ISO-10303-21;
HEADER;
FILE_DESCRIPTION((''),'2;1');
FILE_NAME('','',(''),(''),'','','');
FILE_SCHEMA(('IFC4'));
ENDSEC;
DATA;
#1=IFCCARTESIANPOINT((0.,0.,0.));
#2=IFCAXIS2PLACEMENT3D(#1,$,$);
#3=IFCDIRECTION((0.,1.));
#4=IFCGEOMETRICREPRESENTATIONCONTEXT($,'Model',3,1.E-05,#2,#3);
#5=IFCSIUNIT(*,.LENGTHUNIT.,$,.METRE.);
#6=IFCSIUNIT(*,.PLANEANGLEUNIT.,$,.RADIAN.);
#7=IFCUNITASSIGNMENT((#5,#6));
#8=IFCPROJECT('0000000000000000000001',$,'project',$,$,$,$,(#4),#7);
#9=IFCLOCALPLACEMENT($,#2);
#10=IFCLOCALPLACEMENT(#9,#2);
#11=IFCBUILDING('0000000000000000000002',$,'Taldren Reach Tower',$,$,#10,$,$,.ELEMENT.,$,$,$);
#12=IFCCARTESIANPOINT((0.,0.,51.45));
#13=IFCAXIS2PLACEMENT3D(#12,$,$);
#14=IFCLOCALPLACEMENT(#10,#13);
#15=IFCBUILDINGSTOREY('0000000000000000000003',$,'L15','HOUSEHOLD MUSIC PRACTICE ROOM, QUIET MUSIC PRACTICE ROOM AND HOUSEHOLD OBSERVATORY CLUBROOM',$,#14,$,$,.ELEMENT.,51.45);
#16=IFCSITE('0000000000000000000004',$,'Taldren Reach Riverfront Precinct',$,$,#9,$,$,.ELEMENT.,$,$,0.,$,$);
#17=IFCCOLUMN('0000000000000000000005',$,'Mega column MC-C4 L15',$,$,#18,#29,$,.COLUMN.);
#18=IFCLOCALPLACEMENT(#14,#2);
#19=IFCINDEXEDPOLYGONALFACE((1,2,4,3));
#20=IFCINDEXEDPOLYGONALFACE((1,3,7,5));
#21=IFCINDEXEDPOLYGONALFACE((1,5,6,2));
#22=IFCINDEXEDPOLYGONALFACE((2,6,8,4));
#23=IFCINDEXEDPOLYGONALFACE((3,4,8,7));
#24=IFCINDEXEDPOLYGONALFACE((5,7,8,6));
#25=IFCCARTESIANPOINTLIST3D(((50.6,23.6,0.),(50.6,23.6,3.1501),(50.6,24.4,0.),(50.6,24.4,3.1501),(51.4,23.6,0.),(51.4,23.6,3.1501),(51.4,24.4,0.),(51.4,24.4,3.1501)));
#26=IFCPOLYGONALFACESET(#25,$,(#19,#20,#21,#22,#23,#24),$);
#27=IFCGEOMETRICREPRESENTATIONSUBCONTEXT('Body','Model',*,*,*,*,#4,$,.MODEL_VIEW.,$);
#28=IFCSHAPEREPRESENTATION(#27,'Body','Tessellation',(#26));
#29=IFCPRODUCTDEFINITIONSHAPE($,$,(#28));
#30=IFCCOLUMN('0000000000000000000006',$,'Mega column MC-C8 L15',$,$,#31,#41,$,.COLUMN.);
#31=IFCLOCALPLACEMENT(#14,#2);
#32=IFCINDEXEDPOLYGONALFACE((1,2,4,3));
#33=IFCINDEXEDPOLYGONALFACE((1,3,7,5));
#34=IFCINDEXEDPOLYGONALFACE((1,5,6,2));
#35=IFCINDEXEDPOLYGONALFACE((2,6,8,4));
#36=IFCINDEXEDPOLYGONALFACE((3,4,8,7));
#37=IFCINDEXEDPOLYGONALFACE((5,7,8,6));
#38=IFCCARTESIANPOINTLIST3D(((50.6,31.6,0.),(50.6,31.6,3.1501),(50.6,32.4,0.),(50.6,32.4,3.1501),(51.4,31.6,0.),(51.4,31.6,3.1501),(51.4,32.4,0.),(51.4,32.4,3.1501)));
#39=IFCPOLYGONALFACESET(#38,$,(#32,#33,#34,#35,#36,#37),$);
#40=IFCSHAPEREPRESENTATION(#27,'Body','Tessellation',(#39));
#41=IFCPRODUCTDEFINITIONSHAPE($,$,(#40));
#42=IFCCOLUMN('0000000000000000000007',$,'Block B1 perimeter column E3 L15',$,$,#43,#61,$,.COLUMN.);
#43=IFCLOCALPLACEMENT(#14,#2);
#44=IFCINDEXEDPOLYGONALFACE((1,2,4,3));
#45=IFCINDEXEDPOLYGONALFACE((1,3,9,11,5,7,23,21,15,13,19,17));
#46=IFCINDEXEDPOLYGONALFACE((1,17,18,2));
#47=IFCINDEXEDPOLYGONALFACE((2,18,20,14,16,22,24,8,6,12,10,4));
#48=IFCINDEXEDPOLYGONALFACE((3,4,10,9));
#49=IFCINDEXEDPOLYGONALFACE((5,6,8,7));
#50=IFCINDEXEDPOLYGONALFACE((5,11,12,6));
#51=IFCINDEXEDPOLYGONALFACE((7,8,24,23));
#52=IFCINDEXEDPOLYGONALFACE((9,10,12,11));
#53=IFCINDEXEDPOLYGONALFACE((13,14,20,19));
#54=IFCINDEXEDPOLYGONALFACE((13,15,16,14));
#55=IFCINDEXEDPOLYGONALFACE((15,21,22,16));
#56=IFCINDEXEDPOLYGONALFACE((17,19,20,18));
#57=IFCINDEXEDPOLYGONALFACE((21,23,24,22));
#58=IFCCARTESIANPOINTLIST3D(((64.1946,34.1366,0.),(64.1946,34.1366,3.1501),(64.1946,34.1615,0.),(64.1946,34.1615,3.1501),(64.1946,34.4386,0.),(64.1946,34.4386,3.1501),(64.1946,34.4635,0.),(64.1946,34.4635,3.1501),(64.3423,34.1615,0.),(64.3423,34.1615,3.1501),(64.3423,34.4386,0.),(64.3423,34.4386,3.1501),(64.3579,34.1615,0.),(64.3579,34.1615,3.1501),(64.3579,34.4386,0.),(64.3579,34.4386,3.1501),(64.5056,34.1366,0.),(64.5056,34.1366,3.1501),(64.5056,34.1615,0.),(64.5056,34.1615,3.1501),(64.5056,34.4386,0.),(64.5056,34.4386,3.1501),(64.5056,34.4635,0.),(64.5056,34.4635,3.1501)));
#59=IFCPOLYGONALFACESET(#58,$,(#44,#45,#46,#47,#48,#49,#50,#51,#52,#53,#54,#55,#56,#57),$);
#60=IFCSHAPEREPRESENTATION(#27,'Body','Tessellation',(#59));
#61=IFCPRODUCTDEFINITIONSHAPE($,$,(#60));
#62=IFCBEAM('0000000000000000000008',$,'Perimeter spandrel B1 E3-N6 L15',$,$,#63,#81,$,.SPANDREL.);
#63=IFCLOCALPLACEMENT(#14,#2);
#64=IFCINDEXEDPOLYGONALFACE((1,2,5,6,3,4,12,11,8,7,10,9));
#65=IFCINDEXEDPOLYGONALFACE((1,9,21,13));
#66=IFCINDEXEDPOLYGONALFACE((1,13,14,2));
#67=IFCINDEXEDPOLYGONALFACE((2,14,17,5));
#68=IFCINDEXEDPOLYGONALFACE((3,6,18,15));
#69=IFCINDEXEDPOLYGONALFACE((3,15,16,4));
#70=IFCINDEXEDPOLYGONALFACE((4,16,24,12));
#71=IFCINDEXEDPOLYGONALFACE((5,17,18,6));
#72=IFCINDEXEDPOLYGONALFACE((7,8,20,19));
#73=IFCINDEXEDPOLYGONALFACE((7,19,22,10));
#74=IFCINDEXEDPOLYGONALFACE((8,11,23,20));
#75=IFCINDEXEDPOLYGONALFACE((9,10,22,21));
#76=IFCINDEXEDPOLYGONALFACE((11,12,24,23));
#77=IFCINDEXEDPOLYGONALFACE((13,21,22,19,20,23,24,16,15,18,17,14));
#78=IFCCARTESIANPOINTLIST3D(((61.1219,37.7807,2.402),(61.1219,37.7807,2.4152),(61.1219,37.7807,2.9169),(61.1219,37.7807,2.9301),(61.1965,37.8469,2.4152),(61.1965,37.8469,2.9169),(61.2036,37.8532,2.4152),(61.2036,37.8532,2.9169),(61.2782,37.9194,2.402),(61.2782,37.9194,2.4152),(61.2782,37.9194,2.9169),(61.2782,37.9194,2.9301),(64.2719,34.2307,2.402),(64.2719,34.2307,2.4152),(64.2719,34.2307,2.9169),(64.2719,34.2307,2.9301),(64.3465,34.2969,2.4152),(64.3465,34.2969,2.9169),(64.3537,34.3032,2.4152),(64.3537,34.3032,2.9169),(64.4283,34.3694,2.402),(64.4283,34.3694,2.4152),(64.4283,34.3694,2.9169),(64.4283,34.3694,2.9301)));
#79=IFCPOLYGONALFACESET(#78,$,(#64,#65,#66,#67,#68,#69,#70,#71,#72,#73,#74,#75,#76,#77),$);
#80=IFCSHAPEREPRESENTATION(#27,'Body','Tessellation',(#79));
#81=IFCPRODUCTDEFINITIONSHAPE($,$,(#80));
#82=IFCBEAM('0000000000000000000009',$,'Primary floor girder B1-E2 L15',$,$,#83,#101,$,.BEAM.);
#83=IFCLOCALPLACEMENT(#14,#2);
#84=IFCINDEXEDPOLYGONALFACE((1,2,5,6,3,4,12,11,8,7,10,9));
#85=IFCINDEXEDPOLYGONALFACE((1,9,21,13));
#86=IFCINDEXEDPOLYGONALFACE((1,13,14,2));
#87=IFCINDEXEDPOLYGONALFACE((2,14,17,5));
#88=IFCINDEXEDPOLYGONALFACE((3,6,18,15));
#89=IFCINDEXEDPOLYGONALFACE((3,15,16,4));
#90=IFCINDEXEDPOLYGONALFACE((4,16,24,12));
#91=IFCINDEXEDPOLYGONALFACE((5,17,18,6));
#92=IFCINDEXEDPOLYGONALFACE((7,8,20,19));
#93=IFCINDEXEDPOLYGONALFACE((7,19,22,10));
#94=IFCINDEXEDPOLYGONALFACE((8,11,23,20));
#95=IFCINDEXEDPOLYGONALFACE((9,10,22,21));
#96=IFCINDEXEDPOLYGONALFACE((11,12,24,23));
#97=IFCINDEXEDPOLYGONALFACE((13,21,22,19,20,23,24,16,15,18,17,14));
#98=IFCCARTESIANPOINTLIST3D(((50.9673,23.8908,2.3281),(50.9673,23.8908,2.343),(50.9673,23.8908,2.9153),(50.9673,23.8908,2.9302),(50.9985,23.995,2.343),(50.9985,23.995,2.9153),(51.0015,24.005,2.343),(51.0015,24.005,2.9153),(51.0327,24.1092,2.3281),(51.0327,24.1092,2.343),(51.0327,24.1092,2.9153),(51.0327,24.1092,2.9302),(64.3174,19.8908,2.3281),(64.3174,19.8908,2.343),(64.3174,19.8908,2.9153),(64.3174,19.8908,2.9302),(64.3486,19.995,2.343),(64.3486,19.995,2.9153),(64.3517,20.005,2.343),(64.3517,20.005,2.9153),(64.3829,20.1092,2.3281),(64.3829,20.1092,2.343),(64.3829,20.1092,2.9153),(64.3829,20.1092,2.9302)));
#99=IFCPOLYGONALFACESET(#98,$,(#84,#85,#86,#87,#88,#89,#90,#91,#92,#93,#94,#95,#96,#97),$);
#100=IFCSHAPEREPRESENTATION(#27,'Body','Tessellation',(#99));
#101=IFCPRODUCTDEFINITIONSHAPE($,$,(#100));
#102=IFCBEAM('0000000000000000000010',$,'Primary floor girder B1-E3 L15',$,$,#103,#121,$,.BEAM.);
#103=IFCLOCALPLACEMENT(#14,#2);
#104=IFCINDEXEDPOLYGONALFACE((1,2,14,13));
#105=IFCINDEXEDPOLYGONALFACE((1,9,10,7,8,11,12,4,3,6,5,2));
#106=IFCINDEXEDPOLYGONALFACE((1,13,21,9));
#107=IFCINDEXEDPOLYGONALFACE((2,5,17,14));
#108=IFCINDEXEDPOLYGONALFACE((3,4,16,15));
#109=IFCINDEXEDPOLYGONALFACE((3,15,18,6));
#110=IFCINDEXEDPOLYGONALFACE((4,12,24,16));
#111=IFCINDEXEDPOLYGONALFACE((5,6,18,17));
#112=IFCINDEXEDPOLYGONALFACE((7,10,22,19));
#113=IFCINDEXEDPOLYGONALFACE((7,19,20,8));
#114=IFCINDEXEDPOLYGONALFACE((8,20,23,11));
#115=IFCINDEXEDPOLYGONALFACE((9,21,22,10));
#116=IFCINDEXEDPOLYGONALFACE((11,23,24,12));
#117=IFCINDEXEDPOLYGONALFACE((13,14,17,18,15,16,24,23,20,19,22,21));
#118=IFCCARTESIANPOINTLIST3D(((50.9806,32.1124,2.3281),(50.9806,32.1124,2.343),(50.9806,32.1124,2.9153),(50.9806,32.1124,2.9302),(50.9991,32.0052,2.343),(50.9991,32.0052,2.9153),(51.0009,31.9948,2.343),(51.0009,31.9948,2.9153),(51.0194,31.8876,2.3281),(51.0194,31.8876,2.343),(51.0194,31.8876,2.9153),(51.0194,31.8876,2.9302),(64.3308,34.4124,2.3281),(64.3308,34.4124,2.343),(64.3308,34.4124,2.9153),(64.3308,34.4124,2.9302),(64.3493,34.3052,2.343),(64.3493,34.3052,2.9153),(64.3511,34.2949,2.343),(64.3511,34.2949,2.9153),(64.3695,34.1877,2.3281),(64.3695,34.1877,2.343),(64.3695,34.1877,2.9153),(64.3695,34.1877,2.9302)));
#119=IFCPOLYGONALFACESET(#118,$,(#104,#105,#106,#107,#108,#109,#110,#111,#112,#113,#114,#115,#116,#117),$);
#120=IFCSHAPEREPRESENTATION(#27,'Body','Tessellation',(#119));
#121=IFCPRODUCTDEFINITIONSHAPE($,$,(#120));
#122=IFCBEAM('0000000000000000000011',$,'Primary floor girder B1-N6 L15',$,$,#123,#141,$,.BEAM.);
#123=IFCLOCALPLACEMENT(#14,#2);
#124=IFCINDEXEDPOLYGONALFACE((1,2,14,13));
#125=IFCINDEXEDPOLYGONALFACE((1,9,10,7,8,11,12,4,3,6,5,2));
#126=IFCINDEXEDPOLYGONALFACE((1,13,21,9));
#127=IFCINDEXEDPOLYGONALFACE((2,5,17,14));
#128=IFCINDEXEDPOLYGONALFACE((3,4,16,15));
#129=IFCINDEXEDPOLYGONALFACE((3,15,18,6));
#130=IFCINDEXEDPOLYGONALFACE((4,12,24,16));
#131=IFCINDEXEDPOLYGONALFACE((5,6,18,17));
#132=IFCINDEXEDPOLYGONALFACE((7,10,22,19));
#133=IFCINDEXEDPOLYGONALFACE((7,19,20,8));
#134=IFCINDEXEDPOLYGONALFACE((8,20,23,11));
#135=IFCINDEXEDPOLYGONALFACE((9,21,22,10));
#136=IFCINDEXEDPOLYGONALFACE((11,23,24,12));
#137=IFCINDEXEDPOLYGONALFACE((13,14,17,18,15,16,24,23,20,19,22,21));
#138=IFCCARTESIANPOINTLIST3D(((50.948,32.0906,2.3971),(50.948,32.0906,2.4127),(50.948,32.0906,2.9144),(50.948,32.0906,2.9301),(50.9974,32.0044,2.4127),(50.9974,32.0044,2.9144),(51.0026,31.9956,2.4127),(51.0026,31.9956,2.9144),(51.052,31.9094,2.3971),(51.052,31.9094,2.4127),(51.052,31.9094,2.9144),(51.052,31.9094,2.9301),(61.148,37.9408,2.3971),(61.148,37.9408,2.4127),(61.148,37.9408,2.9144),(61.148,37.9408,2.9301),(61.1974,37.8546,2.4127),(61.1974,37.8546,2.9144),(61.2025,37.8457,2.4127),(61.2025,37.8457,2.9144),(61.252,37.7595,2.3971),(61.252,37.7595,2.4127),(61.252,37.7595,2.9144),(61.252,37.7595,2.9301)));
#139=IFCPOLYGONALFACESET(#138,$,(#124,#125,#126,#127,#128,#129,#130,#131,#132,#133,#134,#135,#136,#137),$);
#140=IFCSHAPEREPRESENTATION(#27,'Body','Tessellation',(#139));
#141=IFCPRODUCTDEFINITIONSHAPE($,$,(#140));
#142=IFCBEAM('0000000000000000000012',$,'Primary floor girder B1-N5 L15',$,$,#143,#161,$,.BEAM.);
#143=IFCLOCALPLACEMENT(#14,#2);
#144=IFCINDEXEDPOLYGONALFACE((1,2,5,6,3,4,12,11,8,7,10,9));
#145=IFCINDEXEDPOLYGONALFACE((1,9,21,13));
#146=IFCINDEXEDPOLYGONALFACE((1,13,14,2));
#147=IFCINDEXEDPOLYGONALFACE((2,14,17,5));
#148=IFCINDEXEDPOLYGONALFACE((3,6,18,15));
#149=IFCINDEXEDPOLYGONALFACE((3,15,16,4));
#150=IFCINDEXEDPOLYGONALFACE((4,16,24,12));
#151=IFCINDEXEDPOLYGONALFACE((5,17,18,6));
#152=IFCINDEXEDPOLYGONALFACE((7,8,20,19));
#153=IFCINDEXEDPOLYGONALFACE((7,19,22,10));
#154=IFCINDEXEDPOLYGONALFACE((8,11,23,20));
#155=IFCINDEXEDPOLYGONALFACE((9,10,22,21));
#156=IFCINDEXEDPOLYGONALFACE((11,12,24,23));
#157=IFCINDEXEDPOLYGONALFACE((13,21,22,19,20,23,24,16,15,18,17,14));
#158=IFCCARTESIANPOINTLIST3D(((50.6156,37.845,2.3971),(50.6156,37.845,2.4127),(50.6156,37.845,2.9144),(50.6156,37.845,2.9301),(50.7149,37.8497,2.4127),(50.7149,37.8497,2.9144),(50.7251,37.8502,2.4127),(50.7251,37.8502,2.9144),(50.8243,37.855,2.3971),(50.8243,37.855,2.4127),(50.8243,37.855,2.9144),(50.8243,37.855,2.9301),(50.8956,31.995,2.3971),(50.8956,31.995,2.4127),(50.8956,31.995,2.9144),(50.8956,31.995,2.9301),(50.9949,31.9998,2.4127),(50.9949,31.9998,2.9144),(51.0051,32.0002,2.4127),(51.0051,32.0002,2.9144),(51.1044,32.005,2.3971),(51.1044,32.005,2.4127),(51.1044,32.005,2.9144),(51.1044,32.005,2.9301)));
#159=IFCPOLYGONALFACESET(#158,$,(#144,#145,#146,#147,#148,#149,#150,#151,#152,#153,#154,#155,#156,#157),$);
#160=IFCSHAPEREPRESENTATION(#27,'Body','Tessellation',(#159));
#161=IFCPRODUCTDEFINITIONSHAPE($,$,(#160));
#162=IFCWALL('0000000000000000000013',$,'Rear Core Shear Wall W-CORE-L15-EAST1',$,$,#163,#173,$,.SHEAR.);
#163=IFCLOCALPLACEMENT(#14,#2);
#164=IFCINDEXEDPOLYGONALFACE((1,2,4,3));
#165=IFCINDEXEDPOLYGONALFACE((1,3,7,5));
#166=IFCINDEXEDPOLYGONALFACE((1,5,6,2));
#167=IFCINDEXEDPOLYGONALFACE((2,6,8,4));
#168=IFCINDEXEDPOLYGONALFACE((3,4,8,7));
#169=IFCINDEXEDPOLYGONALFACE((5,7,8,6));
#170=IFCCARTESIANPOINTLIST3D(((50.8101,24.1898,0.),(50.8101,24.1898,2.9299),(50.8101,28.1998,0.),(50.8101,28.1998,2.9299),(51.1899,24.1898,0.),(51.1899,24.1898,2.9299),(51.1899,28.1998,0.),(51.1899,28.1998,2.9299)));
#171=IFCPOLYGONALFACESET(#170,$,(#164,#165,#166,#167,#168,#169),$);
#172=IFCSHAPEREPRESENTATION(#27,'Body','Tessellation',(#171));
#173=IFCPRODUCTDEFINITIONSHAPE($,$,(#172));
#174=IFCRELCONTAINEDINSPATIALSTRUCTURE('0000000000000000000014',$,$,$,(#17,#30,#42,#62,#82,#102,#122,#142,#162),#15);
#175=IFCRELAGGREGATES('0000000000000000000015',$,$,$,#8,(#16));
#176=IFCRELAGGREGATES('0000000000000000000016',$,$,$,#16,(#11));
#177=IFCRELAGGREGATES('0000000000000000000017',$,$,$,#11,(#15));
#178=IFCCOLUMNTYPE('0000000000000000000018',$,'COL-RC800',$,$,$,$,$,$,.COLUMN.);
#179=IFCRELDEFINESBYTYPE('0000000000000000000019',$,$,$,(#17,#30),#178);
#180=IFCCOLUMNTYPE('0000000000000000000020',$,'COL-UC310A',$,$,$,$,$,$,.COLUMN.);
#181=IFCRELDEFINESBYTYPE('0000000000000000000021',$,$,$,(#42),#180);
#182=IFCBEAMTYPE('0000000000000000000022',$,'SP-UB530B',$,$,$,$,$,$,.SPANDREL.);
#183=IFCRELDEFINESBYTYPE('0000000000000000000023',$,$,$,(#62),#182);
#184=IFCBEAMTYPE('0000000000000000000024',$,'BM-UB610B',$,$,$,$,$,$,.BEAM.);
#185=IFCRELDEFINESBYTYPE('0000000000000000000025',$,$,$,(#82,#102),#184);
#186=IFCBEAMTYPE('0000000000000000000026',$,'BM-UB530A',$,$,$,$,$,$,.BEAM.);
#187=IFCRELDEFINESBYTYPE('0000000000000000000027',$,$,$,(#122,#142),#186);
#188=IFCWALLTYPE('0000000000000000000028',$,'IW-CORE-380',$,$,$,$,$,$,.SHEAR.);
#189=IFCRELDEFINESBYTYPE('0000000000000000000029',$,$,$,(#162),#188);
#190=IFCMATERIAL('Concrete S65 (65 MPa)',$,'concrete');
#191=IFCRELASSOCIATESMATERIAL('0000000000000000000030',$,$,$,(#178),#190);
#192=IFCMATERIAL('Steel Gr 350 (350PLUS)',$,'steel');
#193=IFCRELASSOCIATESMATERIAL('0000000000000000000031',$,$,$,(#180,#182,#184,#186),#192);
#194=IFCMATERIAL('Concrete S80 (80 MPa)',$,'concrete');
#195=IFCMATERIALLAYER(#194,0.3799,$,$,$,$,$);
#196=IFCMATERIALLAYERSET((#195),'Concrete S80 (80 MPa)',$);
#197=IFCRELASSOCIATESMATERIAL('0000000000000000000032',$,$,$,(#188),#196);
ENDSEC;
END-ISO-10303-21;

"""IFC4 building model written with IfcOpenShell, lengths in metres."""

from ifc_helpers import new_model, si_unit, direction, frame, frame_2d, origin, origin_2d, place, context, subcontext, project, spatial, rectangle, i_section, extrude, source, transform, mapped, material, layer, layer_set, material_profile, profile_set, type_object, element, save


model = new_model("IFC4")

# Units and contexts
model_context = context("Model", 3, precision=1e-05, world=origin(), true_north=direction((0.0, 1.0)))
body_context = subcontext(model_context, "Body", "Model", "MODEL_VIEW")
ifc_project = project(units=[si_unit("LENGTHUNIT", "METRE"), si_unit("PLANEANGLEUNIT", "RADIAN")], contexts=[model_context])

# Site, building, storey
site_placement = place(None, origin())
site = spatial("IfcSite", under=ifc_project, at=site_placement, Name="Taldren Reach Riverfront Precinct", CompositionType="ELEMENT", RefElevation=0.0)
building_placement = place(site_placement, origin())
building = spatial("IfcBuilding", under=site, at=building_placement, Name="Taldren Reach Tower", CompositionType="ELEMENT")
storey_placement = place(building_placement, frame((0.0, 0.0, 51.45)))
storey = spatial("IfcBuildingStorey", under=building, at=storey_placement, Name="L15", Description="HOUSEHOLD MUSIC PRACTICE ROOM, QUIET MUSIC PRACTICE ROOM AND HOUSEHOLD OBSERVATORY CLUBROOM", CompositionType="ELEMENT", Elevation=51.45)

# Columns
ifc_material_1 = material(Name="Concrete S65 (65 MPa)", Category="concrete")
ifc_material_profile_1 = material_profile(ifc_material_1, rectangle(XDim=0.8, YDim=0.8, at=origin_2d()), Name="RC-800x800")
ifc_profile_set_1 = profile_set([ifc_material_profile_1], Name="Concrete S65 (65 MPa)")
column_type_1 = type_object("IfcColumnType", Name="COL-RC800", PredefinedType="COLUMN", material=ifc_profile_set_1)
shared_shape_1 = source(origin(), body_context, "Body", "SweptSolid", [
    extrude(rectangle(XDim=0.8, YDim=0.8, at=origin_2d()), origin(), (0.0, 0.0, 1.0), 3.1501),
])
for number, where, z_axis, x_axis, name in (
    (1, (51.0, 24.0, 0.0), (0.0, 0.0, 1.0), (1.0, 0.0, 0.0), "Mega column MC-C4 L15"),
    (2, (51.0, 32.0, 0.0), (0.0, 0.0, 1.0), (1.0, 0.0, 0.0), "Mega column MC-C8 L15"),
):
    element("IfcColumn", number, at=place(storey_placement, frame(where, z_axis=z_axis, x_axis=x_axis)), inside=storey, type_object=column_type_1, Name=name, PredefinedType="COLUMN", context=body_context, shape_type="MappedRepresentation", body=[
        mapped(shared_shape_1, transform((0.0, 0.0, 0.0), scale=1.0)),
    ])
ifc_material_2 = material(Name="Steel Gr 350 (350PLUS)", Category="steel")
ifc_material_profile_2 = material_profile(ifc_material_2, i_section(OverallWidth=0.311, OverallDepth=0.3269, WebThickness=0.0156, FlangeThickness=0.0249, at=origin_2d()), Name="310UC158")
ifc_profile_set_2 = profile_set([ifc_material_profile_2], Name="Steel Gr 350 (350PLUS)")
column_type_2 = type_object("IfcColumnType", Name="COL-UC310A", PredefinedType="COLUMN", material=ifc_profile_set_2)
shared_shape_2 = source(origin(), body_context, "Body", "SweptSolid", [
    extrude(i_section(OverallWidth=0.311, OverallDepth=0.3269, WebThickness=0.0156, FlangeThickness=0.0249, at=origin_2d()), origin(), (0.0, 0.0, 1.0), 3.1501),
])
column_placement = place(storey_placement, frame((64.3501, 34.3, 0.0), z_axis=(0.0, 0.0, 1.0), x_axis=(1.0, 0.0, 0.0)))
element("IfcColumn", 3, at=column_placement, inside=storey, type_object=column_type_2, Name="Block B1 perimeter column E3 L15", PredefinedType="COLUMN", context=body_context, shape_type="MappedRepresentation", body=[
    mapped(shared_shape_2, transform((0.0, 0.0, 0.0), scale=1.0)),
])

# Beams
ifc_material_profile_3 = material_profile(ifc_material_2, i_section(OverallWidth=0.209, OverallDepth=0.5281, WebThickness=0.0095, FlangeThickness=0.0132, at=origin_2d()), Name="530UB82.0")
ifc_profile_set_3 = profile_set([ifc_material_profile_3], Name="Steel Gr 350 (350PLUS)")
beam_type_1 = type_object("IfcBeamType", Name="SP-UB530B", PredefinedType="SPANDREL", material=ifc_profile_set_3)
shared_shape_3 = source(origin(), body_context, "Body", "SweptSolid", [
    extrude(i_section(OverallWidth=0.209, OverallDepth=0.5281, WebThickness=0.0095, FlangeThickness=0.0132, at=origin_2d()), origin(), (0.0, 0.0, 1.0), 4.7461),
])
beam_1_placement = place(storey_placement, frame((64.3501, 34.3, 2.666), z_axis=(-0.663722, 0.747979, 0.0), x_axis=(-0.747979, -0.663722, 0.0)))
element("IfcBeam", 4, at=beam_1_placement, inside=storey, type_object=beam_type_1, Name="Perimeter spandrel B1 E3-N6 L15", PredefinedType="SPANDREL", context=body_context, shape_type="MappedRepresentation", body=[
    mapped(shared_shape_3, transform((0.0, 0.0, 0.0), scale=1.0)),
])
ifc_material_profile_4 = material_profile(ifc_material_2, i_section(OverallWidth=0.228, OverallDepth=0.6021, WebThickness=0.0105, FlangeThickness=0.0149, at=origin_2d()), Name="610UB101")
ifc_profile_set_4 = profile_set([ifc_material_profile_4], Name="Steel Gr 350 (350PLUS)")
beam_type_2 = type_object("IfcBeamType", Name="BM-UB610B", PredefinedType="BEAM", material=ifc_profile_set_4)
shared_shape_4 = source(origin(), body_context, "Body", "SweptSolid", [
    extrude(i_section(OverallWidth=0.228, OverallDepth=0.6021, WebThickness=0.0105, FlangeThickness=0.0149, at=origin_2d()), origin(), (0.0, 0.0, 1.0), 13.9365),
])
beam_2_placement = place(storey_placement, frame((51.0, 24.0, 2.6292), z_axis=(0.957926, -0.287017, 0.0), x_axis=(0.287017, 0.957926, 0.0)))
element("IfcBeam", 5, at=beam_2_placement, inside=storey, type_object=beam_type_2, Name="Primary floor girder B1-E2 L15", PredefinedType="BEAM", context=body_context, shape_type="MappedRepresentation", body=[
    mapped(shared_shape_4, transform((0.0, 0.0, 0.0), scale=1.0)),
])
shared_shape_5 = source(origin(), body_context, "Body", "SweptSolid", [
    extrude(i_section(OverallWidth=0.228, OverallDepth=0.6021, WebThickness=0.0105, FlangeThickness=0.0149, at=origin_2d()), origin(), (0.0, 0.0, 1.0), 13.5469),
])
beam_3_placement = place(storey_placement, frame((51.0, 32.0, 2.6292), z_axis=(0.985481, 0.169786, 0.0), x_axis=(-0.169786, 0.985481, 0.0)))
element("IfcBeam", 6, at=beam_3_placement, inside=storey, type_object=beam_type_2, Name="Primary floor girder B1-E3 L15", PredefinedType="BEAM", context=body_context, shape_type="MappedRepresentation", body=[
    mapped(shared_shape_5, transform((0.0, 0.0, 0.0), scale=1.0)),
])
ifc_material_profile_5 = material_profile(ifc_material_2, i_section(OverallWidth=0.209, OverallDepth=0.533, WebThickness=0.0103, FlangeThickness=0.0156, at=origin_2d()), Name="530UB92.4")
ifc_profile_set_5 = profile_set([ifc_material_profile_5], Name="Steel Gr 350 (350PLUS)")
beam_type_3 = type_object("IfcBeamType", Name="BM-UB530A", PredefinedType="BEAM", material=ifc_profile_set_5)
shared_shape_6 = source(origin(), body_context, "Body", "SweptSolid", [
    extrude(i_section(OverallWidth=0.209, OverallDepth=0.533, WebThickness=0.0103, FlangeThickness=0.0156, at=origin_2d()), origin(), (0.0, 0.0, 1.0), 11.7585),
])
beam_4_placement = place(storey_placement, frame((51.0, 32.0, 2.6636), z_axis=(0.867452, 0.49752, 0.0), x_axis=(-0.49752, 0.867452, 0.0)))
element("IfcBeam", 7, at=beam_4_placement, inside=storey, type_object=beam_type_3, Name="Primary floor girder B1-N6 L15", PredefinedType="BEAM", context=body_context, shape_type="MappedRepresentation", body=[
    mapped(shared_shape_6, transform((0.0, 0.0, 0.0), scale=1.0)),
])
shared_shape_7 = source(origin(), body_context, "Body", "SweptSolid", [
    extrude(i_section(OverallWidth=0.209, OverallDepth=0.533, WebThickness=0.0103, FlangeThickness=0.0156, at=origin_2d()), origin(), (0.0, 0.0, 1.0), 5.8567),
])
beam_5_placement = place(storey_placement, frame((51.0, 32.0, 2.6636), z_axis=(-0.047813, 0.998856, 0.0), x_axis=(-0.998856, -0.047813, 0.0)))
element("IfcBeam", 8, at=beam_5_placement, inside=storey, type_object=beam_type_3, Name="Primary floor girder B1-N5 L15", PredefinedType="BEAM", context=body_context, shape_type="MappedRepresentation", body=[
    mapped(shared_shape_7, transform((0.0, 0.0, 0.0), scale=1.0)),
])

# Wall
ifc_material_3 = material(Name="Concrete S80 (80 MPa)", Category="concrete")
ifc_layer_1 = layer(ifc_material_3, 0.3799)
ifc_layer_set_1 = layer_set([ifc_layer_1], Name="Concrete S80 (80 MPa)")
wall_type_1 = type_object("IfcWallType", Name="IW-CORE-380", PredefinedType="SHEAR", material=ifc_layer_set_1)
shared_shape_8 = source(origin(), body_context, "Body", "SweptSolid", [
    extrude(rectangle(XDim=4.01, YDim=0.3799, at=frame_2d((2.0049, 0.0))), origin(), (0.0, 0.0, 1.0), 2.9299),
])
wall_1_placement = place(storey_placement, frame((51.0, 24.1899, 0.0), z_axis=(0.0, 0.0, 1.0), x_axis=(0.0, 1.0, 0.0)))
element("IfcWall", 9, at=wall_1_placement, inside=storey, type_object=wall_type_1, Name="Rear Core Shear Wall W-CORE-L15-EAST1", PredefinedType="SHEAR", context=body_context, shape_type="MappedRepresentation", body=[
    mapped(shared_shape_8, transform((0.0, 0.0, 0.0), scale=1.0)),
])

save(model, "model.ifc")
